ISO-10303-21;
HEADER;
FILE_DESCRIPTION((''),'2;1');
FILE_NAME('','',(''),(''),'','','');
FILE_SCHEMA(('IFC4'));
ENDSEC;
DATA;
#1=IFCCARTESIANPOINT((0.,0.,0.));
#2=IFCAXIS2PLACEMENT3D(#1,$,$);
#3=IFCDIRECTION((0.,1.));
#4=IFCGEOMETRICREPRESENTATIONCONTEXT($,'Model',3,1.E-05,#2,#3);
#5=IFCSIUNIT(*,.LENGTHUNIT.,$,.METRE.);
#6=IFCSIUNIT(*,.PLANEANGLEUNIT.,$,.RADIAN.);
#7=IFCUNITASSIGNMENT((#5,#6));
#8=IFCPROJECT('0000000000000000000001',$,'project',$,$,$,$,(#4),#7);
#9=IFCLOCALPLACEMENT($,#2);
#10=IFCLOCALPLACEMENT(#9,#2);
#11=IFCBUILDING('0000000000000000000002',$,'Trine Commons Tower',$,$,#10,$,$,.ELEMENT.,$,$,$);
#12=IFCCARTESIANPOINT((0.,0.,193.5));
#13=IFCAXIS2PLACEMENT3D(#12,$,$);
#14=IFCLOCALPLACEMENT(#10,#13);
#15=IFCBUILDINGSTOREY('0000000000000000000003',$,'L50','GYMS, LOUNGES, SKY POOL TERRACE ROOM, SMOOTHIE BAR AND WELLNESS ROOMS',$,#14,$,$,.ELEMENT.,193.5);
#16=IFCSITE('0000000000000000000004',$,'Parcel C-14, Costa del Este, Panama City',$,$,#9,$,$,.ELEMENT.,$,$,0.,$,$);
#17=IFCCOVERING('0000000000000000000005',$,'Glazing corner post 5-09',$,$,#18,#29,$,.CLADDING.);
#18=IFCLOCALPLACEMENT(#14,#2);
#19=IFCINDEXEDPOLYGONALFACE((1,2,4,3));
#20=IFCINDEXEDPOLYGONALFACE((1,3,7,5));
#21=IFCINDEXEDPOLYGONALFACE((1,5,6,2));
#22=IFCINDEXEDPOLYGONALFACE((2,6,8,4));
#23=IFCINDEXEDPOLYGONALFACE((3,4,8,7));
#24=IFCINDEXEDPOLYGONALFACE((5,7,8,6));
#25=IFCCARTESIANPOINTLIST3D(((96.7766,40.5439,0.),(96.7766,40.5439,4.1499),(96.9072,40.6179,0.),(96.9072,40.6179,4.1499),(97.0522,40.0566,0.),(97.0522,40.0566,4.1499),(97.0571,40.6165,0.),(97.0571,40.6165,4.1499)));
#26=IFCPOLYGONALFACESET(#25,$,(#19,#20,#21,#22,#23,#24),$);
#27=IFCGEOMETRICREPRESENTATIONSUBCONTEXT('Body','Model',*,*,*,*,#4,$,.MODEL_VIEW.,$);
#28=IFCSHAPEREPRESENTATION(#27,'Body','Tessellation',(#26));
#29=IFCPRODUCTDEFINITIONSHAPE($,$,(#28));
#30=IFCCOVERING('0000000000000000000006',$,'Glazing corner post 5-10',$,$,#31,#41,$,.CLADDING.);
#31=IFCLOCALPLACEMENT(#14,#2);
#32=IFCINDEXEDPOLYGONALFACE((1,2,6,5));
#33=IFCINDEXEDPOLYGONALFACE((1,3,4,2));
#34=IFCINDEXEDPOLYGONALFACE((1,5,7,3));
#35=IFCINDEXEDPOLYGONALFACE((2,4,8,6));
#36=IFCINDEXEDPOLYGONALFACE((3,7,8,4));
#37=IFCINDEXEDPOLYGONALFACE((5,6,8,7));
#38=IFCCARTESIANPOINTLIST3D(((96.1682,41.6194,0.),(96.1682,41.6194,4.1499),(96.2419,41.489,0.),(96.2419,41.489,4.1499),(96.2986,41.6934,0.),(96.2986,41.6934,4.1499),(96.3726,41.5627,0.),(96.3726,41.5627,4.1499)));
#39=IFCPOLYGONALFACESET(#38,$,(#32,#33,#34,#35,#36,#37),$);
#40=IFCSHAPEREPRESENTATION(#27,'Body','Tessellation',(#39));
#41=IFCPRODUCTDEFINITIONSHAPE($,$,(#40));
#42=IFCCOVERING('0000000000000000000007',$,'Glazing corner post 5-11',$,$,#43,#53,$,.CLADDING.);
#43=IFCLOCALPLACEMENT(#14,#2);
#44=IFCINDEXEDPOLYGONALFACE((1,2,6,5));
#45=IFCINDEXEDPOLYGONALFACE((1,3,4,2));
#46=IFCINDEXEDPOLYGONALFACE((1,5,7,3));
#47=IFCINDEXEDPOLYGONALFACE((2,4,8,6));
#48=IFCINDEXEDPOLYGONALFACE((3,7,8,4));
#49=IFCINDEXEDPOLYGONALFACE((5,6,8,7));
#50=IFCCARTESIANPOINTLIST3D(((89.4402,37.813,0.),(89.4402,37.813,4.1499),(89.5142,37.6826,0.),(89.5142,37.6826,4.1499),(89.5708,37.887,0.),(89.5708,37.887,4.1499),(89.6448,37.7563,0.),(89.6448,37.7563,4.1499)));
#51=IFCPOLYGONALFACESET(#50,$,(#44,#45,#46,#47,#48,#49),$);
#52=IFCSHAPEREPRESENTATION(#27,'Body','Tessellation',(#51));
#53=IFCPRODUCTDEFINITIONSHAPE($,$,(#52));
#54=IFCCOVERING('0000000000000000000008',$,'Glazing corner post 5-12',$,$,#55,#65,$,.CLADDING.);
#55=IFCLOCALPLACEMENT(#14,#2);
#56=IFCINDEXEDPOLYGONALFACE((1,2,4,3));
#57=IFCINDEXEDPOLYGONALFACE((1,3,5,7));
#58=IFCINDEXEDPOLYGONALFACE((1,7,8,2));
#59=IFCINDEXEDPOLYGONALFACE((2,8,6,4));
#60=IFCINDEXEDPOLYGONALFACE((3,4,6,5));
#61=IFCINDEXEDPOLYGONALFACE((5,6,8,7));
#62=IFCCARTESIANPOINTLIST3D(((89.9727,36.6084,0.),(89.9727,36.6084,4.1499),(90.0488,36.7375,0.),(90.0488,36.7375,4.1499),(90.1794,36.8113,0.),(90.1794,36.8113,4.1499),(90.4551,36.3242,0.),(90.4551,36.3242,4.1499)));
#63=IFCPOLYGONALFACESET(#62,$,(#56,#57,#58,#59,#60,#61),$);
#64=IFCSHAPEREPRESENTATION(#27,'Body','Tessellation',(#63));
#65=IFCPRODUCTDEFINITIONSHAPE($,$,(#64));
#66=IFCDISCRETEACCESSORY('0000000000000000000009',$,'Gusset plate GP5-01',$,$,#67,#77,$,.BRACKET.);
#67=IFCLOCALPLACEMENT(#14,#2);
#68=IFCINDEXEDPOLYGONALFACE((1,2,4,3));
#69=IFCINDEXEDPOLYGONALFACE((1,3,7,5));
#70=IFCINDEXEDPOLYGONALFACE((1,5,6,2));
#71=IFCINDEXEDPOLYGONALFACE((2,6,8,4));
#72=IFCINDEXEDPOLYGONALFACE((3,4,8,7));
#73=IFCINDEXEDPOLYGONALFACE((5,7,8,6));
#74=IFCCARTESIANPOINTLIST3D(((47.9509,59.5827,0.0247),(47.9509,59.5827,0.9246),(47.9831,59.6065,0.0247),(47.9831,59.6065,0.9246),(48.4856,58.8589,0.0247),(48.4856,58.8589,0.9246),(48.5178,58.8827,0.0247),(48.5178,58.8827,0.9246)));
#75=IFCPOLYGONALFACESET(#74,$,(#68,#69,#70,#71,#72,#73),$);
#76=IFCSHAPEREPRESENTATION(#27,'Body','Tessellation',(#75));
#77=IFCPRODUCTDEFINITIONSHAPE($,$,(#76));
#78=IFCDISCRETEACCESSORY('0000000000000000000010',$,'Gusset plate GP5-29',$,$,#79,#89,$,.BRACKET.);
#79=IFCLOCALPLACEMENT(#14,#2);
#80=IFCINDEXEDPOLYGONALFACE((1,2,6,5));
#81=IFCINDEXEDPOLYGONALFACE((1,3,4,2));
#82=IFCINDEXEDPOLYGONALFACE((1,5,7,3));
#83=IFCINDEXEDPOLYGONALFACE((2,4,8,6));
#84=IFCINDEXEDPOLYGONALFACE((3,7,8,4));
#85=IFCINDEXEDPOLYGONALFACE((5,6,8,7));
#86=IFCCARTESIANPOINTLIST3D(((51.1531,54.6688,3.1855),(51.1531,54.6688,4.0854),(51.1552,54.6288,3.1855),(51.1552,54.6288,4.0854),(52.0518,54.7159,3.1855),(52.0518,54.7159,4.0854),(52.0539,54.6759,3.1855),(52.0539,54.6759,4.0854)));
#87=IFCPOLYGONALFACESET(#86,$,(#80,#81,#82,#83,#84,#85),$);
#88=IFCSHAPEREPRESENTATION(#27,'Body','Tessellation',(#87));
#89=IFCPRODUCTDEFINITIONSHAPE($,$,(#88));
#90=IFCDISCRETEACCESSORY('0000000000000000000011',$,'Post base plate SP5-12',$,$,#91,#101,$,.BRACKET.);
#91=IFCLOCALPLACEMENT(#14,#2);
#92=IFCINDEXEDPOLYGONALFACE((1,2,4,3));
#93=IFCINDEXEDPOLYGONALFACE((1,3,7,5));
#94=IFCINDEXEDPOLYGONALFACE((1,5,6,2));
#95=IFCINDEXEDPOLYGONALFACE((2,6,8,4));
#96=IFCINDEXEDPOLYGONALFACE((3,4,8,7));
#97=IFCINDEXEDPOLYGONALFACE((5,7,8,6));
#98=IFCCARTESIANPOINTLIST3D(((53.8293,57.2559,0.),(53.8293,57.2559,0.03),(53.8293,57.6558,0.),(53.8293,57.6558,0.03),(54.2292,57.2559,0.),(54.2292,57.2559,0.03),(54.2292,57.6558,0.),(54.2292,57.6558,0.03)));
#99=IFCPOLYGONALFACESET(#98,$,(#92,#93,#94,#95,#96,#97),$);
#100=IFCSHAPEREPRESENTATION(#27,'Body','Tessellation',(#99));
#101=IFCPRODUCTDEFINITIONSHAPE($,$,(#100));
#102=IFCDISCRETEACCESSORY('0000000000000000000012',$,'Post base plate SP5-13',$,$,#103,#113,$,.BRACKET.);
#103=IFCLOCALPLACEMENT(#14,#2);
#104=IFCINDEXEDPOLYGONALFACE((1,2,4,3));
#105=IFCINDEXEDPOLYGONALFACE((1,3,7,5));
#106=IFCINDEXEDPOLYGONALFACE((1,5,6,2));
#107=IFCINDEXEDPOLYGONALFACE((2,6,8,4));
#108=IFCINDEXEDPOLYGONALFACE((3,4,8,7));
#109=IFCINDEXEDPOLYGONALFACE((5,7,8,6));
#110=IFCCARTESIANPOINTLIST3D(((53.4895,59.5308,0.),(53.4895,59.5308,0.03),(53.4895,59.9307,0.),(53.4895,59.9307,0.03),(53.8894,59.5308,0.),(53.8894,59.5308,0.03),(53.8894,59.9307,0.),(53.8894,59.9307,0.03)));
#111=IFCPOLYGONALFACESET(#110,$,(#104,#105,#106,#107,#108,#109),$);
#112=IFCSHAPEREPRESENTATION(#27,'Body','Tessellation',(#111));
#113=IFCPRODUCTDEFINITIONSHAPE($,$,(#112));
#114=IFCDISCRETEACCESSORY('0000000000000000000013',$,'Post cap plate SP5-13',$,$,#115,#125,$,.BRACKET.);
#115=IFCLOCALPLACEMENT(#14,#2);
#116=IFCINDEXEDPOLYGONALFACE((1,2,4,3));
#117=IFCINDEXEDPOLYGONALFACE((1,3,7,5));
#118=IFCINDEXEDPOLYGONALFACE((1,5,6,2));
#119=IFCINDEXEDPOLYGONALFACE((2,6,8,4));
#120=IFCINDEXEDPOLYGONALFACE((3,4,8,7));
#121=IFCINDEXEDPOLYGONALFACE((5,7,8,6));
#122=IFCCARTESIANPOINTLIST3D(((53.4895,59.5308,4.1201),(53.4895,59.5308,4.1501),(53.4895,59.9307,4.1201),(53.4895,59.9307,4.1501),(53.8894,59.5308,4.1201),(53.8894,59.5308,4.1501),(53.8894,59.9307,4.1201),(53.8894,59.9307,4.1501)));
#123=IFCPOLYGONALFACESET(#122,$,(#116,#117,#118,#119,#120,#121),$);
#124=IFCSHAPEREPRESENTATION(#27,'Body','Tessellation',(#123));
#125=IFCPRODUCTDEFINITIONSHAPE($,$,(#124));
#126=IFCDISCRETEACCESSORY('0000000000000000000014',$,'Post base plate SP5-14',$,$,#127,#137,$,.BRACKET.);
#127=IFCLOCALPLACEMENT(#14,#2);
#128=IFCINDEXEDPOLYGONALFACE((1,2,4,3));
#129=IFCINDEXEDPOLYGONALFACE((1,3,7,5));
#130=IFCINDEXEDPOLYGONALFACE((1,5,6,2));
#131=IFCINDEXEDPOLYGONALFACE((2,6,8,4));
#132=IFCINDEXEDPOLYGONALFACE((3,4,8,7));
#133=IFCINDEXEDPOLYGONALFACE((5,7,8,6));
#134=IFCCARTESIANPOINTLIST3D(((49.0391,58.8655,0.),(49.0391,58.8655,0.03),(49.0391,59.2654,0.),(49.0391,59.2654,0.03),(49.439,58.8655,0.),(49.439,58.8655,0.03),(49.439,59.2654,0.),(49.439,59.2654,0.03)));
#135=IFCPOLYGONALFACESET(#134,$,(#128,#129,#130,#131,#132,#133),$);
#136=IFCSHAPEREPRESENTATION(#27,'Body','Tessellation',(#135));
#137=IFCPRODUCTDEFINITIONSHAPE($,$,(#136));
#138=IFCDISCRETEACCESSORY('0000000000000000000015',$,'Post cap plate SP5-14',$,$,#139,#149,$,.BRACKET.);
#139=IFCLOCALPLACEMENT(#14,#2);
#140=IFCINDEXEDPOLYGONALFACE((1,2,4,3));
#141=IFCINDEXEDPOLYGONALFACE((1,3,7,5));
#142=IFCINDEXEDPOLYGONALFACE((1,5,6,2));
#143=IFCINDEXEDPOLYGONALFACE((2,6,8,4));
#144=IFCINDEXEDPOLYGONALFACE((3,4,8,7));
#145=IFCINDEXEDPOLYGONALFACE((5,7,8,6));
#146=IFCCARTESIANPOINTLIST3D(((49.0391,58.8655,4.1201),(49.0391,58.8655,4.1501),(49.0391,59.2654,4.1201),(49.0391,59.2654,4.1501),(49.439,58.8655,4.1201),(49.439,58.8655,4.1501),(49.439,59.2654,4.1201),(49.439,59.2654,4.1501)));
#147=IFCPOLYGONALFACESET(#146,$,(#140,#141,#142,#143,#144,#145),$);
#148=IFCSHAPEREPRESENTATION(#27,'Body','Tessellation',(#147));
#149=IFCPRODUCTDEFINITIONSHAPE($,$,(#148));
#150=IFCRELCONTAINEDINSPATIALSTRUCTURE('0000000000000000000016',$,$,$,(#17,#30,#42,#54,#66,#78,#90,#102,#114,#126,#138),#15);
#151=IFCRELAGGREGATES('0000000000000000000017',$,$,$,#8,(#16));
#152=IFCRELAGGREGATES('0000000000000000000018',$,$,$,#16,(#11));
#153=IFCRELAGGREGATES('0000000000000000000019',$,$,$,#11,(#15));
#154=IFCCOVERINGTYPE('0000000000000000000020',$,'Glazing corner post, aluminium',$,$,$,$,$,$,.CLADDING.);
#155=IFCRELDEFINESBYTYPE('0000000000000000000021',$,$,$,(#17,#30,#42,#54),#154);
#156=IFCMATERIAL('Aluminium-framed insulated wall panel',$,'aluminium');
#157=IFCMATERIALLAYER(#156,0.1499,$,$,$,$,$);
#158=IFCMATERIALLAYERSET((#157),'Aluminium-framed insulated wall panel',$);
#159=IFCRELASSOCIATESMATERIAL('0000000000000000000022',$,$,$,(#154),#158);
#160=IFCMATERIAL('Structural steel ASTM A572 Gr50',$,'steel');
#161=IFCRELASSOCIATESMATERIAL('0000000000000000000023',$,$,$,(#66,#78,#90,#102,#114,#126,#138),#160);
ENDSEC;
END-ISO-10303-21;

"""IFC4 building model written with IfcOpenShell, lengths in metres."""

from ifc_helpers import new_model, si_unit, direction, frame, origin, origin_2d, place, context, subcontext, project, spatial, polyline, rectangle, outline, extrude, material, layer, layer_set, type_object, element, save


model = new_model("IFC4")

# Units and contexts
model_context = context("Model", 3, precision=1e-05, world=origin(), true_north=direction((0.0, 1.0)))
body_context = subcontext(model_context, "Body", "Model", "MODEL_VIEW")
ifc_project = project(units=[si_unit("LENGTHUNIT", "METRE"), si_unit("PLANEANGLEUNIT", "RADIAN")], contexts=[model_context])

# Site, building, storey
site_placement = place(None, origin())
site = spatial("IfcSite", under=ifc_project, at=site_placement, Name="Parcel C-14, Costa del Este, Panama City", CompositionType="ELEMENT", RefElevation=0.0)
building_placement = place(site_placement, origin())
building = spatial("IfcBuilding", under=site, at=building_placement, Name="Trine Commons Tower", CompositionType="ELEMENT")
storey_placement = place(building_placement, frame((0.0, 0.0, 193.5)))
storey = spatial("IfcBuildingStorey", under=building, at=storey_placement, Name="L50", Description="GYMS, LOUNGES, SKY POOL TERRACE ROOM, SMOOTHIE BAR AND WELLNESS ROOMS", CompositionType="ELEMENT", Elevation=193.5)

# Shared definitions
ifc_material_1 = material(Name="Aluminium-framed insulated wall panel", Category="aluminium")

# Coverings
ifc_layer_1 = layer(ifc_material_1, 0.1499)
ifc_layer_set_1 = layer_set([ifc_layer_1], Name="Aluminium-framed insulated wall panel")
covering_type = type_object("IfcCoveringType", Name="Glazing corner post, aluminium", PredefinedType="CLADDING", material=ifc_layer_set_1)
covering_1_placement = place(storey_placement, origin())
element("IfcCovering", 1, at=covering_1_placement, inside=storey, type_object=covering_type, Name="Glazing corner post 5-09", PredefinedType="CLADDING", context=body_context, shape_type="SweptSolid", body=[
    extrude(outline(polyline([(96.7766, 40.5439), (97.0522, 40.0566), (97.0571, 40.6165), (96.9072, 40.6179), (96.9072, 40.6179), (96.7766, 40.5439)])), origin(), (0.0, 0.0, 1.0), 4.1499),
])
covering_2_placement = place(storey_placement, origin())
element("IfcCovering", 2, at=covering_2_placement, inside=storey, type_object=covering_type, Name="Glazing corner post 5-10", PredefinedType="CLADDING", context=body_context, shape_type="SweptSolid", body=[
    extrude(outline(polyline([(96.1682, 41.6194), (96.2419, 41.489), (96.3726, 41.5627), (96.2986, 41.6934), (96.1682, 41.6194)])), origin(), (0.0, 0.0, 1.0), 4.1499),
])
covering_3_placement = place(storey_placement, origin())
element("IfcCovering", 3, at=covering_3_placement, inside=storey, type_object=covering_type, Name="Glazing corner post 5-11", PredefinedType="CLADDING", context=body_context, shape_type="SweptSolid", body=[
    extrude(outline(polyline([(89.5142, 37.6826), (89.6448, 37.7563), (89.5708, 37.887), (89.4402, 37.813), (89.5142, 37.6826)])), origin(), (0.0, 0.0, 1.0), 4.1499),
])
covering_4_placement = place(storey_placement, origin())
element("IfcCovering", 4, at=covering_4_placement, inside=storey, type_object=covering_type, Name="Glazing corner post 5-12", PredefinedType="CLADDING", context=body_context, shape_type="SweptSolid", body=[
    extrude(outline(polyline([(89.9727, 36.6084), (90.4551, 36.3242), (90.1794, 36.8113), (90.0488, 36.7375), (89.9727, 36.6084)])), origin(), (0.0, 0.0, 1.0), 4.1499),
])

# Discrete accessories
ifc_material_2 = material(Name="Structural steel ASTM A572 Gr50", Category="steel")
for number, where, z_axis, x_axis, name in (
    (5, (48.2344, 59.2327, 0.0247), (0.0, 0.0, 1.0), (0.594205, -0.804313, 0.0), "Gusset plate GP5-01"),
    (6, (51.6035, 54.6724, 3.1855), (0.0, 0.0, 1.0), (-0.99863, -0.052319, 0.0), "Gusset plate GP5-29"),
):
    element("IfcDiscreteAccessory", number, at=place(storey_placement, frame(where, z_axis=z_axis, x_axis=x_axis)), inside=storey, material=ifc_material_2, Name=name, PredefinedType="BRACKET", context=body_context, shape_type="SweptSolid", body=[
        extrude(rectangle(XDim=0.8999, YDim=0.04, at=origin_2d()), origin(), (0.0, 0.0, 1.0), 0.8999),
    ])
for number, where, z_axis, x_axis, name in (
    (7, (54.0293, 57.4558, 0.0), (0.0, 0.0, 1.0), (1.0, 0.0, 0.0), "Post base plate SP5-12"),
    (8, (53.6895, 59.7307, 0.0), (0.0, 0.0, 1.0), (1.0, 0.0, 0.0), "Post base plate SP5-13"),
    (9, (53.6895, 59.7307, 4.1201), (0.0, 0.0, 1.0), (1.0, 0.0, 0.0), "Post cap plate SP5-13"),
    (10, (49.239, 59.0654, 0.0), (0.0, 0.0, 1.0), (1.0, 0.0, 0.0), "Post base plate SP5-14"),
    (11, (49.239, 59.0654, 4.1201), (0.0, 0.0, 1.0), (1.0, 0.0, 0.0), "Post cap plate SP5-14"),
):
    element("IfcDiscreteAccessory", number, at=place(storey_placement, frame(where, z_axis=z_axis, x_axis=x_axis)), inside=storey, material=ifc_material_2, Name=name, PredefinedType="BRACKET", context=body_context, shape_type="SweptSolid", body=[
        extrude(rectangle(XDim=0.3999, YDim=0.3999, at=origin_2d()), origin(), (0.0, 0.0, 1.0), 0.03),
    ])

save(model, "model.ifc")
